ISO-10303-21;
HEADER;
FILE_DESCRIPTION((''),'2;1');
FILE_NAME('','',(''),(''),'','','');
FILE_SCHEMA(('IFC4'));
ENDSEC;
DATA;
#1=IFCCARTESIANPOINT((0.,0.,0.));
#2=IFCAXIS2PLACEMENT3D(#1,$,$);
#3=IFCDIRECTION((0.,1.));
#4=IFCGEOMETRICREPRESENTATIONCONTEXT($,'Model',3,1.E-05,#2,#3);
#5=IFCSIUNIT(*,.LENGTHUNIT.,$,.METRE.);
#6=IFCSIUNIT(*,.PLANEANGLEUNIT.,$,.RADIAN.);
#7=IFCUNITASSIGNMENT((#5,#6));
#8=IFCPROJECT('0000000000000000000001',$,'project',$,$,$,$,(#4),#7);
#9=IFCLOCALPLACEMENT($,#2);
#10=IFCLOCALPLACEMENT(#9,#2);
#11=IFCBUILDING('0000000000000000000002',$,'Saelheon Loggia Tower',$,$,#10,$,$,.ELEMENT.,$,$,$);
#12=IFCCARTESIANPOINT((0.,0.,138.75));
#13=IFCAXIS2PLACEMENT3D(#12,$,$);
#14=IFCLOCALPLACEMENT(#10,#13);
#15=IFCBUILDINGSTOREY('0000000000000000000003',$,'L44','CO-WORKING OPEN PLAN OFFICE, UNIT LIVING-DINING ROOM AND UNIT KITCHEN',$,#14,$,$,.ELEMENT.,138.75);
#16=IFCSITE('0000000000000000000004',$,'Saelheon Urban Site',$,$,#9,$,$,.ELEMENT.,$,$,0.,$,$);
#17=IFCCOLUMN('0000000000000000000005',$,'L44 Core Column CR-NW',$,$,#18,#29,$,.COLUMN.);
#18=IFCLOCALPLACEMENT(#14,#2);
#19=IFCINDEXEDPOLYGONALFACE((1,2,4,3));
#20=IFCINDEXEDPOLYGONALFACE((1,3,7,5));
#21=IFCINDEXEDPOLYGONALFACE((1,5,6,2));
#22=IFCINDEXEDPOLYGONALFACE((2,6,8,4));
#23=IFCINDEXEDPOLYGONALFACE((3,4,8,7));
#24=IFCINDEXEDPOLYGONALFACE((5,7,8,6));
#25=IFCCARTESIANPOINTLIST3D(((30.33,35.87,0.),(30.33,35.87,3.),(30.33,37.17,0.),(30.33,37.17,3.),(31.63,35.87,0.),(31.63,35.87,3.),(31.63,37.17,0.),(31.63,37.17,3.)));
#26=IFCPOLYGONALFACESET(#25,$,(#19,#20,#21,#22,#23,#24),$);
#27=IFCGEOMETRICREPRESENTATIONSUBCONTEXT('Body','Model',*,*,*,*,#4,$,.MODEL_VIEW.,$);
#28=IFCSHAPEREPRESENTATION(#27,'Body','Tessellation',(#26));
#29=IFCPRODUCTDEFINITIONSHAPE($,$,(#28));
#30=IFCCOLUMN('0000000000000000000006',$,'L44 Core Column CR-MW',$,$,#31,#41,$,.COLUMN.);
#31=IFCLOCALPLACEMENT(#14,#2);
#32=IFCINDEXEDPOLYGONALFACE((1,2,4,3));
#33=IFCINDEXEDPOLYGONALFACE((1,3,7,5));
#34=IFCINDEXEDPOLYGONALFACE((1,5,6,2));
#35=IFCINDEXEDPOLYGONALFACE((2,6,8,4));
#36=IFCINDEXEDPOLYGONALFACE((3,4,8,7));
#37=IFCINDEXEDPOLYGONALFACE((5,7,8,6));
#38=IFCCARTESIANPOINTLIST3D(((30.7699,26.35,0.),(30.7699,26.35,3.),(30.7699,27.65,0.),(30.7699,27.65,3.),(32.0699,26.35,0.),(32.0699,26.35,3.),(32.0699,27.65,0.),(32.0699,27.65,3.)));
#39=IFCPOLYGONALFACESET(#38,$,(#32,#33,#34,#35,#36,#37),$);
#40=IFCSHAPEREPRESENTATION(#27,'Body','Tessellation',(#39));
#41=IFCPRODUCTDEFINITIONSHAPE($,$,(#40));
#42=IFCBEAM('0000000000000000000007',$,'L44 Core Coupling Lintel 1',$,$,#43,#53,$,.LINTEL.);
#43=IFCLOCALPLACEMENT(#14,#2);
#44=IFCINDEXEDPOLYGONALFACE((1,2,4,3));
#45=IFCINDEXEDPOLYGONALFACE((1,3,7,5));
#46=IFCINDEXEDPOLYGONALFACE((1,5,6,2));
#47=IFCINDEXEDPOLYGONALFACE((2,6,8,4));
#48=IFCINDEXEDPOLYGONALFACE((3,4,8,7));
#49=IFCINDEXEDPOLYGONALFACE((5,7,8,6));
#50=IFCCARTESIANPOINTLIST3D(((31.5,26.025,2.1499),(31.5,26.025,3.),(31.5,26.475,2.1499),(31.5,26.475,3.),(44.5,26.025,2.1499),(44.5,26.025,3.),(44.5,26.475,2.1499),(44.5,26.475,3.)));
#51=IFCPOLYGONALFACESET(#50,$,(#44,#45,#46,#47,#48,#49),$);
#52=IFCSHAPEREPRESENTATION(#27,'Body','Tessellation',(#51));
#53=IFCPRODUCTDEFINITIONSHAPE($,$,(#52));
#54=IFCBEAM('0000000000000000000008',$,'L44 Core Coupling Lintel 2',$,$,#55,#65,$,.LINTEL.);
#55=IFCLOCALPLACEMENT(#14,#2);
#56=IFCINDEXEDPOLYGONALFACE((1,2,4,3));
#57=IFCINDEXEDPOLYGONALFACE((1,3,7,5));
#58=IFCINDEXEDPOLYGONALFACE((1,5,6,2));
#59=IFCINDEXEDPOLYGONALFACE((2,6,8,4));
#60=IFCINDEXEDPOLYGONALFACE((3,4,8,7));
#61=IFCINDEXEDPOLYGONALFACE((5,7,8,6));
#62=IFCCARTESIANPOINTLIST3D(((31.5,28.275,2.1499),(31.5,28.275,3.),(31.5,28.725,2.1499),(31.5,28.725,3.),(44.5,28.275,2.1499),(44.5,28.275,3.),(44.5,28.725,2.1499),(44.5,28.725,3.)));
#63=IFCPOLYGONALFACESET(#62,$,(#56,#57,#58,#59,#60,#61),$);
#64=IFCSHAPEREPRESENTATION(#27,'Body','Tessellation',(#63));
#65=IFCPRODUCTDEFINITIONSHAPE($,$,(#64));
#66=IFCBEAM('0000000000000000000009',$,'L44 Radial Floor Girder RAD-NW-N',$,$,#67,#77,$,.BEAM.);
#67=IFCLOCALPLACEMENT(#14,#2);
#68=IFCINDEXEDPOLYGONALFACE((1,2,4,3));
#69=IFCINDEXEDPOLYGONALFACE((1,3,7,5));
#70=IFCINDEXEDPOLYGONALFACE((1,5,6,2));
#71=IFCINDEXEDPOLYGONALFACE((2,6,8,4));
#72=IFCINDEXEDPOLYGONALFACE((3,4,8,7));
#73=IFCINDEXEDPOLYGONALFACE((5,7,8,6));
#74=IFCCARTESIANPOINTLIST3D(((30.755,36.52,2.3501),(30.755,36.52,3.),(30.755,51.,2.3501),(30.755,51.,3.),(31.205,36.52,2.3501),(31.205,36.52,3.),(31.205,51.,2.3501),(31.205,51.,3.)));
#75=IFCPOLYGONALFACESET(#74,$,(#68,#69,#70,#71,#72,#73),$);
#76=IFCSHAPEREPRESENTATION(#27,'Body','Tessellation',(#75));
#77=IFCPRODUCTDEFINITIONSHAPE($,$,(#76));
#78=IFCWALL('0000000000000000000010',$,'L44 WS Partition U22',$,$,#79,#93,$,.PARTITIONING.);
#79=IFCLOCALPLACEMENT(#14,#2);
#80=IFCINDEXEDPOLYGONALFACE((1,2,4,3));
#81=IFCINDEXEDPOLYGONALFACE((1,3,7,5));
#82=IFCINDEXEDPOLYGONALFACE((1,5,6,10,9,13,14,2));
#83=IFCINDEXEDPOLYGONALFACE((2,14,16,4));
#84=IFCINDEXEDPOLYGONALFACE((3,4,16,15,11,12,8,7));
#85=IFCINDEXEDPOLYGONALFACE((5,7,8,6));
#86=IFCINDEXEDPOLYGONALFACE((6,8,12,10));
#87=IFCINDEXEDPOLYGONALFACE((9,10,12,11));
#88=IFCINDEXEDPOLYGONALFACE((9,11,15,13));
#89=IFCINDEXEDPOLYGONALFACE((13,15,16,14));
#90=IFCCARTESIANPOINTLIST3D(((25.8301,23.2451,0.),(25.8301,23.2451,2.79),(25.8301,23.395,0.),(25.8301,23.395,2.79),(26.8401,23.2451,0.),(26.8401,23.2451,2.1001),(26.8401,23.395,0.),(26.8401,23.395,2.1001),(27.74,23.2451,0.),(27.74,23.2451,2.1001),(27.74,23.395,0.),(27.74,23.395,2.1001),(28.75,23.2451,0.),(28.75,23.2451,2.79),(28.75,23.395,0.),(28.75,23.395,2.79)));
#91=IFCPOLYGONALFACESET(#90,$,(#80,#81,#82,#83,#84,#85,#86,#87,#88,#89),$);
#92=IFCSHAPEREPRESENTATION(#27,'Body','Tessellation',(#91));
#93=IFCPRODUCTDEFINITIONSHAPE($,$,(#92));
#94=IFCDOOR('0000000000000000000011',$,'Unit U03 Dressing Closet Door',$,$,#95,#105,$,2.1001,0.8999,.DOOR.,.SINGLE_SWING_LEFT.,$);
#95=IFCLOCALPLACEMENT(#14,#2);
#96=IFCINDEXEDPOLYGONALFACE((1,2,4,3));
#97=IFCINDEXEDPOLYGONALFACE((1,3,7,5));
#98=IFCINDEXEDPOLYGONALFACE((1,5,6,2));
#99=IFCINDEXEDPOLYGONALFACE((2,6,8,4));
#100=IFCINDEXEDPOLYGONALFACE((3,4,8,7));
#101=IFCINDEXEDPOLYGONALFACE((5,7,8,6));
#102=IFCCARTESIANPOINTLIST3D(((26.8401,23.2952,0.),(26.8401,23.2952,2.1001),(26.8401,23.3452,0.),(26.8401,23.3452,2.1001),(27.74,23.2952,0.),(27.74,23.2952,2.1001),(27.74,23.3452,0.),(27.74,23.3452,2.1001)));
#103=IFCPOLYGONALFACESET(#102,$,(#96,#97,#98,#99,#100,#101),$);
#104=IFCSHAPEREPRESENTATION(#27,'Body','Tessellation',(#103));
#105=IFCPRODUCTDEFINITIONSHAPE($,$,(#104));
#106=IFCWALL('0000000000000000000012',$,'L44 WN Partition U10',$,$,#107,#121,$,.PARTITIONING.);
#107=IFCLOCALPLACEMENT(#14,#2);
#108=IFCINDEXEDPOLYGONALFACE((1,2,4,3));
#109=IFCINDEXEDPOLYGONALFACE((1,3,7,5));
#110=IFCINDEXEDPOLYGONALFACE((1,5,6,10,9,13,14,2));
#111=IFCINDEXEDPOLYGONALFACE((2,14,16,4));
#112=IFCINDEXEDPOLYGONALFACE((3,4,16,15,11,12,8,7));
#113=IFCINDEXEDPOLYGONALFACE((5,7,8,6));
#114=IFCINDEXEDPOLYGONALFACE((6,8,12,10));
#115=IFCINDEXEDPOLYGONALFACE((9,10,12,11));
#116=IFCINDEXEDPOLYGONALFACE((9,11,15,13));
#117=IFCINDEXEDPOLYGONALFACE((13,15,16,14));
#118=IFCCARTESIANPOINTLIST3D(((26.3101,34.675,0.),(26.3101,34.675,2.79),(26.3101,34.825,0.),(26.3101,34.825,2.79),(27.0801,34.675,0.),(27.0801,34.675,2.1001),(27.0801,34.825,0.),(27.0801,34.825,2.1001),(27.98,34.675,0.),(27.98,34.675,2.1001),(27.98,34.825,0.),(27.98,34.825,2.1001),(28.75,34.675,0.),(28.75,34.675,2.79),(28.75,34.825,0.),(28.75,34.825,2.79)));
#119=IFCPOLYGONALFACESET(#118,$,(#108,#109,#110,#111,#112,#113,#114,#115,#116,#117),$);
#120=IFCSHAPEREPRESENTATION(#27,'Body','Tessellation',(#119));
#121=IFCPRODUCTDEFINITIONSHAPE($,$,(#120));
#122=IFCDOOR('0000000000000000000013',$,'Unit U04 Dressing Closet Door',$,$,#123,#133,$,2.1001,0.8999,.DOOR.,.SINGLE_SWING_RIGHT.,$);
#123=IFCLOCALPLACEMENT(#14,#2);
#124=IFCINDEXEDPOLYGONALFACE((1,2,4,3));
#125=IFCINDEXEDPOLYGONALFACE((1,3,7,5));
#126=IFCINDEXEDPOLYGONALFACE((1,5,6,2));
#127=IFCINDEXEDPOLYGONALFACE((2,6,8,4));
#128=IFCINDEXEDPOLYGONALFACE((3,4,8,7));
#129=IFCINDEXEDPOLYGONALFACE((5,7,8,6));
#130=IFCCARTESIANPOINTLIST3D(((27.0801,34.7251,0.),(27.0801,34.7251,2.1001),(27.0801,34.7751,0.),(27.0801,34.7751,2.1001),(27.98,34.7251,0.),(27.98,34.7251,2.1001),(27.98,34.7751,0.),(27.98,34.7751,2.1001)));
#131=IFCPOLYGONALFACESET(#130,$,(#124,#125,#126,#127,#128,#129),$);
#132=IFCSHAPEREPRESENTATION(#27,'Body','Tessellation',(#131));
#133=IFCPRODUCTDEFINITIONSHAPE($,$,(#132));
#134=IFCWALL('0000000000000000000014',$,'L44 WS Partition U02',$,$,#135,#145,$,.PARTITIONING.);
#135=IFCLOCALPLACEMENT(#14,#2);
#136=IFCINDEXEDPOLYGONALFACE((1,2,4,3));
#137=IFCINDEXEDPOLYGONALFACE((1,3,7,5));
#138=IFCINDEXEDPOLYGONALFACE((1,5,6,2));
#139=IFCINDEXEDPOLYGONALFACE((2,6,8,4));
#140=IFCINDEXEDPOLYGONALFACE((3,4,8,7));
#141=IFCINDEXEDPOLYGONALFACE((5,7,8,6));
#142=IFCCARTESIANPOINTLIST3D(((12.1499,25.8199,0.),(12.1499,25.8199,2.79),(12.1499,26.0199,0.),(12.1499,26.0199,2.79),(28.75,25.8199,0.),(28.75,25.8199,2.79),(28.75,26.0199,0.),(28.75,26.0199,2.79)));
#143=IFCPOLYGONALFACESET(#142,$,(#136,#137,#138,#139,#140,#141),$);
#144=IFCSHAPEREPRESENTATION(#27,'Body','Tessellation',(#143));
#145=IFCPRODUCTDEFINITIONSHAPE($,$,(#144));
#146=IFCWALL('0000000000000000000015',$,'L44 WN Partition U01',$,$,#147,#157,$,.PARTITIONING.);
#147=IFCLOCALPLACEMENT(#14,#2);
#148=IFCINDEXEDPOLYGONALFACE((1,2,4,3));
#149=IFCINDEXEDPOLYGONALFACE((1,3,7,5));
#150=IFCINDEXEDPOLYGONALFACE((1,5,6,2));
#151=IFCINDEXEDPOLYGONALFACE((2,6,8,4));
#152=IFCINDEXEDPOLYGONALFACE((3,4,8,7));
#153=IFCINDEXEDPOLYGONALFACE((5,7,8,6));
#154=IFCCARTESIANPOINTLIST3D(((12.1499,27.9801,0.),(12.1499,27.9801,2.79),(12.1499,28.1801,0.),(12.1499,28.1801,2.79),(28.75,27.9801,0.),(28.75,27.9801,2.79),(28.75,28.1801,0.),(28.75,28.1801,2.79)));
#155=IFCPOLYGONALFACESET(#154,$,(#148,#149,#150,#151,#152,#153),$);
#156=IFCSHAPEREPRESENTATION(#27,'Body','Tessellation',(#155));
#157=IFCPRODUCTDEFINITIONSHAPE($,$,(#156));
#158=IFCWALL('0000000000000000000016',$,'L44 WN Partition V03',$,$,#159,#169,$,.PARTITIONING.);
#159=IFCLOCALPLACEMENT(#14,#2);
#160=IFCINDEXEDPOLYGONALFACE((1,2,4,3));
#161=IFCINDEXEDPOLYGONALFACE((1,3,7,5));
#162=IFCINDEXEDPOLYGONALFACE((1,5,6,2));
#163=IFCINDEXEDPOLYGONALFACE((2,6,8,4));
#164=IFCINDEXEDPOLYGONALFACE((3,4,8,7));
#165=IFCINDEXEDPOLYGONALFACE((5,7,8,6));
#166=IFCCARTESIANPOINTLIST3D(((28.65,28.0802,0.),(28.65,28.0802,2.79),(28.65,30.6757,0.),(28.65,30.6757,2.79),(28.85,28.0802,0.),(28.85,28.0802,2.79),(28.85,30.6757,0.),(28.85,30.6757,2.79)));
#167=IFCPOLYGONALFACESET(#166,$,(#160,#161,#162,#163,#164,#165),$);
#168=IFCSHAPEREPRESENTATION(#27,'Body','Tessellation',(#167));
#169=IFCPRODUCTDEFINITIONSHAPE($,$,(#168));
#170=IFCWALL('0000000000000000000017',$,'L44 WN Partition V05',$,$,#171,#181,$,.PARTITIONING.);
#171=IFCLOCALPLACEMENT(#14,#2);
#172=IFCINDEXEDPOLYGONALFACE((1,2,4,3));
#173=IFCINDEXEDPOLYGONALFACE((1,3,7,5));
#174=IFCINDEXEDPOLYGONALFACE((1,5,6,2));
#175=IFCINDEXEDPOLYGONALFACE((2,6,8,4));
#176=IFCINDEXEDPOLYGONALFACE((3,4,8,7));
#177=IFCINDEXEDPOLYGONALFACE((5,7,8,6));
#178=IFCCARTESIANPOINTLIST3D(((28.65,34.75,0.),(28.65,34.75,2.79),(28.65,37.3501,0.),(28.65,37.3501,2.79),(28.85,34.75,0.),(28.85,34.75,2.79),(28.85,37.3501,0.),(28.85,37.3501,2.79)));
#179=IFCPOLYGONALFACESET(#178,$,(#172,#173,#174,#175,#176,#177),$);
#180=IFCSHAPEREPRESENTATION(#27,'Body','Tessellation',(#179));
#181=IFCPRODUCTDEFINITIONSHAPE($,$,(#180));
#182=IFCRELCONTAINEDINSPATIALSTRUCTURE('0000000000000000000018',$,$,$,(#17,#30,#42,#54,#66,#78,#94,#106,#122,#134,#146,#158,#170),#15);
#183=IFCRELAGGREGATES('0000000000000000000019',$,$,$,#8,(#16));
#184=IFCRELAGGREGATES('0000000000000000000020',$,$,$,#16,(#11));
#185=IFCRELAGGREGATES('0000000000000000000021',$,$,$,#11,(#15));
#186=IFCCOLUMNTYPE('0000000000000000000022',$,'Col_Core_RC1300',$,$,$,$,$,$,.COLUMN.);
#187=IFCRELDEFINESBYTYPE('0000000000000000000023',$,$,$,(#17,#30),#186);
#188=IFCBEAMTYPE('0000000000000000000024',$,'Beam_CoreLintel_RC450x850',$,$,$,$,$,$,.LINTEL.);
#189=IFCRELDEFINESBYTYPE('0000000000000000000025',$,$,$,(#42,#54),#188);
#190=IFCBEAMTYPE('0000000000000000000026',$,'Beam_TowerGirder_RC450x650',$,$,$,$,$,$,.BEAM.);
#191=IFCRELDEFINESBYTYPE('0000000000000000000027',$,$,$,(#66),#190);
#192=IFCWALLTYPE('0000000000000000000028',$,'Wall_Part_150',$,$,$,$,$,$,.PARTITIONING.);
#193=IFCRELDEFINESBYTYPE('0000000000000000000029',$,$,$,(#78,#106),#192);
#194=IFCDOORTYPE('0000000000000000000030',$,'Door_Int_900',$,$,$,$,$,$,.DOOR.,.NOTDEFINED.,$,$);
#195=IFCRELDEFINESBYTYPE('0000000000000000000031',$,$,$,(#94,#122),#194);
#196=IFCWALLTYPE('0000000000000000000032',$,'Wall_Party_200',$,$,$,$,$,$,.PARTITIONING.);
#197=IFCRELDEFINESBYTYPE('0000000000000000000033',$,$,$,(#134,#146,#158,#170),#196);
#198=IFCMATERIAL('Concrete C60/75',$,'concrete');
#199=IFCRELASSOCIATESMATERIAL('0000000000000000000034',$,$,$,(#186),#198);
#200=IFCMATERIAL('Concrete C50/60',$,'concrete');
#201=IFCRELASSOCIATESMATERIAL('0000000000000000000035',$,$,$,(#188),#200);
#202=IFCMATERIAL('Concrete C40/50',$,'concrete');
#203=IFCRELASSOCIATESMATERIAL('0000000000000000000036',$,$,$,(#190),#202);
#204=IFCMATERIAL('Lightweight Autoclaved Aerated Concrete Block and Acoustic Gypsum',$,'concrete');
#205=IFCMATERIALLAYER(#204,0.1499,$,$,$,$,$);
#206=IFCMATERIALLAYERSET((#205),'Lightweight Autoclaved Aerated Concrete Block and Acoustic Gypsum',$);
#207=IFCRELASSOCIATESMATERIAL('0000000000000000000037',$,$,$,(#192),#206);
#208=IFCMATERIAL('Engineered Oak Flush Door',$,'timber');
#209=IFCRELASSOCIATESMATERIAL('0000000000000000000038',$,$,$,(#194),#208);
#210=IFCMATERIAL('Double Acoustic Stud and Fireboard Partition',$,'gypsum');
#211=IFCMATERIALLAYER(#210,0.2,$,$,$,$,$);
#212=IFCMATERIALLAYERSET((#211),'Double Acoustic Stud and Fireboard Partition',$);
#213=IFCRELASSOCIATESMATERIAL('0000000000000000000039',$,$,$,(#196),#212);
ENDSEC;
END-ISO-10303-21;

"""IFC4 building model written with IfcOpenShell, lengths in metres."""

from ifc_helpers import new_model, si_unit, direction, frame, frame_2d, origin, origin_2d, place, context, subcontext, project, spatial, rectangle, extrude, source, transform, mapped, material, layer, layer_set, material_profile, profile_set, type_object, element, fill, save


model = new_model("IFC4")

# Units and contexts
model_context = context("Model", 3, precision=1e-05, world=origin(), true_north=direction((0.0, 1.0)))
body_context = subcontext(model_context, "Body", "Model", "MODEL_VIEW")
ifc_project = project(units=[si_unit("LENGTHUNIT", "METRE"), si_unit("PLANEANGLEUNIT", "RADIAN")], contexts=[model_context])

# Site, building, storey
site_placement = place(None, origin())
site = spatial("IfcSite", under=ifc_project, at=site_placement, Name="Saelheon Urban Site", CompositionType="ELEMENT", RefElevation=0.0)
building_placement = place(site_placement, origin())
building = spatial("IfcBuilding", under=site, at=building_placement, Name="Saelheon Loggia Tower", CompositionType="ELEMENT")
storey_placement = place(building_placement, frame((0.0, 0.0, 138.75)))
storey = spatial("IfcBuildingStorey", under=building, at=storey_placement, Name="L44", Description="CO-WORKING OPEN PLAN OFFICE, UNIT LIVING-DINING ROOM AND UNIT KITCHEN", CompositionType="ELEMENT", Elevation=138.75)

# Columns
ifc_material_1 = material(Name="Concrete C60/75", Category="concrete")
ifc_material_profile_1 = material_profile(ifc_material_1, rectangle(XDim=1.3, YDim=1.3, at=origin_2d()), Name="RC-1300x1300")
ifc_profile_set_1 = profile_set([ifc_material_profile_1], Name="Concrete C60/75")
column_type = type_object("IfcColumnType", Name="Col_Core_RC1300", PredefinedType="COLUMN", material=ifc_profile_set_1)
shared_shape_1 = source(origin(), body_context, "Body", "SweptSolid", [
    extrude(rectangle(XDim=1.3, YDim=1.3, at=origin_2d()), origin(), (0.0, 0.0, 1.0), 3.0),
])
for number, where, z_axis, x_axis, name in (
    (1, (30.98, 36.52, 0.0), (0.0, 0.0, 1.0), (1.0, 0.0, 0.0), "L44 Core Column CR-NW"),
    (2, (31.4199, 27.0, 0.0), (0.0, 0.0, 1.0), (1.0, 0.0, 0.0), "L44 Core Column CR-MW"),
):
    element("IfcColumn", number, at=place(storey_placement, frame(where, z_axis=z_axis, x_axis=x_axis)), inside=storey, type_object=column_type, Name=name, PredefinedType="COLUMN", context=body_context, shape_type="MappedRepresentation", body=[
        mapped(shared_shape_1, transform((0.0, 0.0, 0.0), scale=1.0)),
    ])

# Beams
ifc_material_2 = material(Name="Concrete C50/60", Category="concrete")
ifc_material_profile_2 = material_profile(ifc_material_2, rectangle(XDim=0.45, YDim=0.8501, at=origin_2d()), Name="RC-450x850")
ifc_profile_set_2 = profile_set([ifc_material_profile_2], Name="Concrete C50/60")
beam_type_1 = type_object("IfcBeamType", Name="Beam_CoreLintel_RC450x850", PredefinedType="LINTEL", material=ifc_profile_set_2)
shared_shape_2 = source(origin(), body_context, "Body", "SweptSolid", [
    extrude(rectangle(XDim=0.45, YDim=0.8501, at=origin_2d()), origin(), (0.0, 0.0, 1.0), 13.0),
])
for number, where, z_axis, x_axis, name in (
    (3, (31.5, 26.25, 2.575), (1.0, 0.0, 0.0), (0.0, 1.0, 0.0), "L44 Core Coupling Lintel 1"),
    (4, (31.5, 28.5, 2.575), (1.0, 0.0, 0.0), (0.0, 1.0, 0.0), "L44 Core Coupling Lintel 2"),
):
    element("IfcBeam", number, at=place(storey_placement, frame(where, z_axis=z_axis, x_axis=x_axis)), inside=storey, type_object=beam_type_1, Name=name, PredefinedType="LINTEL", context=body_context, shape_type="MappedRepresentation", body=[
        mapped(shared_shape_2, transform((0.0, 0.0, 0.0), scale=1.0)),
    ])
ifc_material_3 = material(Name="Concrete C40/50", Category="concrete")
ifc_material_profile_3 = material_profile(ifc_material_3, rectangle(XDim=0.45, YDim=0.6499, at=origin_2d()), Name="RC-450x650")
ifc_profile_set_3 = profile_set([ifc_material_profile_3], Name="Concrete C40/50")
beam_type_2 = type_object("IfcBeamType", Name="Beam_TowerGirder_RC450x650", PredefinedType="BEAM", material=ifc_profile_set_3)
shared_shape_3 = source(origin(), body_context, "Body", "SweptSolid", [
    extrude(rectangle(XDim=0.45, YDim=0.6499, at=origin_2d()), origin(), (0.0, 0.0, 1.0), 14.48),
])
beam_placement = place(storey_placement, frame((30.98, 36.52, 2.675), z_axis=(0.0, 1.0, 0.0), x_axis=(-1.0, 0.0, 0.0)))
element("IfcBeam", 5, at=beam_placement, inside=storey, type_object=beam_type_2, Name="L44 Radial Floor Girder RAD-NW-N", PredefinedType="BEAM", context=body_context, shape_type="MappedRepresentation", body=[
    mapped(shared_shape_3, transform((0.0, 0.0, 0.0), scale=1.0)),
])

# Walls, openings, doors
ifc_material_4 = material(Name="Lightweight Autoclaved Aerated Concrete Block and Acoustic Gypsum", Category="concrete")
ifc_layer_1 = layer(ifc_material_4, 0.1499)
ifc_layer_set_1 = layer_set([ifc_layer_1], Name="Lightweight Autoclaved Aerated Concrete Block and Acoustic Gypsum")
wall_type_1 = type_object("IfcWallType", Name="Wall_Part_150", PredefinedType="PARTITIONING", material=ifc_layer_set_1)
wall_1_placement = place(storey_placement, frame((28.75, 23.3201, 0.0), z_axis=(0.0, 0.0, 1.0), x_axis=(-1.0, 0.0, 0.0)))
wall_1 = element("IfcWall", 6, at=wall_1_placement, inside=storey, type_object=wall_type_1, Name="L44 WS Partition U22", PredefinedType="PARTITIONING", context=body_context, shape_type="SweptSolid", body=[
    extrude(rectangle(XDim=2.9199, YDim=0.1499, at=frame_2d((1.46, 0.0))), origin(), (0.0, 0.0, 1.0), 2.79),
])
opening_1_placement = place(wall_1_placement, frame((1.01, 0.0, 0.0)))
opening_1 = element("IfcOpeningElement", 7, at=opening_1_placement, cuts=wall_1, PredefinedType="OPENING", context=body_context, shape_type="SweptSolid", body=[
    extrude(rectangle(XDim=0.8999, YDim=2.1001, at=frame_2d((0.45, 1.05))), frame((0.0, 0.0869, 0.0), z_axis=(0.0, -1.0, 0.0), x_axis=(1.0, 0.0, 0.0)), (0.0, 0.0, 1.0), 0.1738),
])
ifc_material_5 = material(Name="Engineered Oak Flush Door", Category="timber")
door_type_1 = type_object("IfcDoorType", Name="Door_Int_900", OperationType="NOTDEFINED", PredefinedType="DOOR", material=ifc_material_5)
shared_shape_4 = source(origin(), body_context, "Body", "SweptSolid", [
    extrude(rectangle(XDim=0.8999, YDim=2.1001, at=frame_2d((0.45, 1.05))), frame((0.0, 0.0249, 0.0), z_axis=(0.0, -1.0, 0.0), x_axis=(1.0, 0.0, 0.0)), (0.0, 0.0, 1.0), 0.05),
])
door_1_placement = place(opening_1_placement, origin())
door_1 = element("IfcDoor", 8, at=door_1_placement, inside=storey, type_object=door_type_1, Name="Unit U03 Dressing Closet Door", OperationType="SINGLE_SWING_LEFT", OverallHeight=2.1001, OverallWidth=0.8999, PredefinedType="DOOR", context=body_context, shape_type="MappedRepresentation", body=[
    mapped(shared_shape_4, transform((0.0, 0.0, 0.0), scale=1.0)),
])
fill(opening_1, door_1)
wall_2_placement = place(storey_placement, frame((28.75, 34.75, 0.0), z_axis=(0.0, 0.0, 1.0), x_axis=(-1.0, 0.0, 0.0)))
wall_2 = element("IfcWall", 9, at=wall_2_placement, inside=storey, type_object=wall_type_1, Name="L44 WN Partition U10", PredefinedType="PARTITIONING", context=body_context, shape_type="SweptSolid", body=[
    extrude(rectangle(XDim=2.4399, YDim=0.1499, at=frame_2d((1.22, 0.0))), origin(), (0.0, 0.0, 1.0), 2.79),
])
opening_2_placement = place(wall_2_placement, frame((0.77, 0.0, 0.0)))
opening_2 = element("IfcOpeningElement", 10, at=opening_2_placement, cuts=wall_2, PredefinedType="OPENING", context=body_context, shape_type="SweptSolid", body=[
    extrude(rectangle(XDim=0.8999, YDim=2.1001, at=frame_2d((0.45, 1.05))), frame((0.0, 0.0869, 0.0), z_axis=(0.0, -1.0, 0.0), x_axis=(1.0, 0.0, 0.0)), (0.0, 0.0, 1.0), 0.1738),
])
door_2_placement = place(opening_2_placement, origin())
door_2 = element("IfcDoor", 11, at=door_2_placement, inside=storey, type_object=door_type_1, Name="Unit U04 Dressing Closet Door", OperationType="SINGLE_SWING_RIGHT", OverallHeight=2.1001, OverallWidth=0.8999, PredefinedType="DOOR", context=body_context, shape_type="MappedRepresentation", body=[
    mapped(shared_shape_4, transform((0.0, 0.0, 0.0), scale=1.0)),
])
fill(opening_2, door_2)

# Walls
ifc_material_6 = material(Name="Double Acoustic Stud and Fireboard Partition", Category="gypsum")
ifc_layer_2 = layer(ifc_material_6, 0.2)
ifc_layer_set_2 = layer_set([ifc_layer_2], Name="Double Acoustic Stud and Fireboard Partition")
wall_type_2 = type_object("IfcWallType", Name="Wall_Party_200", PredefinedType="PARTITIONING", material=ifc_layer_set_2)
for number, where, z_axis, x_axis, name in (
    (12, (28.75, 25.9199, 0.0), (0.0, 0.0, 1.0), (-1.0, 0.0, 0.0), "L44 WS Partition U02"),
    (13, (28.75, 28.0801, 0.0), (0.0, 0.0, 1.0), (-1.0, 0.0, 0.0), "L44 WN Partition U01"),
):
    element("IfcWall", number, at=place(storey_placement, frame(where, z_axis=z_axis, x_axis=x_axis)), inside=storey, type_object=wall_type_2, Name=name, PredefinedType="PARTITIONING", context=body_context, shape_type="SweptSolid", body=[
        extrude(rectangle(XDim=16.6001, YDim=0.2, at=frame_2d((8.3, 0.0))), origin(), (0.0, 0.0, 1.0), 2.79),
    ])
wall_3_placement = place(storey_placement, frame((28.75, 28.0801, 0.0), z_axis=(0.0, 0.0, 1.0), x_axis=(0.0, 1.0, 0.0)))
element("IfcWall", 14, at=wall_3_placement, inside=storey, type_object=wall_type_2, Name="L44 WN Partition V03", PredefinedType="PARTITIONING", context=body_context, shape_type="SweptSolid", body=[
    extrude(rectangle(XDim=2.5955, YDim=0.2, at=frame_2d((1.2979, 0.0))), origin(), (0.0, 0.0, 1.0), 2.79),
])

# Wall
wall_4_placement = place(storey_placement, frame((28.75, 34.75, 0.0), z_axis=(0.0, 0.0, 1.0), x_axis=(0.0, 1.0, 0.0)))
element("IfcWall", 15, at=wall_4_placement, inside=storey, type_object=wall_type_2, Name="L44 WN Partition V05", PredefinedType="PARTITIONING", context=body_context, shape_type="SweptSolid", body=[
    extrude(rectangle(XDim=2.6001, YDim=0.2, at=frame_2d((1.3, 0.0))), origin(), (0.0, 0.0, 1.0), 2.79),
])

save(model, "model.ifc")
